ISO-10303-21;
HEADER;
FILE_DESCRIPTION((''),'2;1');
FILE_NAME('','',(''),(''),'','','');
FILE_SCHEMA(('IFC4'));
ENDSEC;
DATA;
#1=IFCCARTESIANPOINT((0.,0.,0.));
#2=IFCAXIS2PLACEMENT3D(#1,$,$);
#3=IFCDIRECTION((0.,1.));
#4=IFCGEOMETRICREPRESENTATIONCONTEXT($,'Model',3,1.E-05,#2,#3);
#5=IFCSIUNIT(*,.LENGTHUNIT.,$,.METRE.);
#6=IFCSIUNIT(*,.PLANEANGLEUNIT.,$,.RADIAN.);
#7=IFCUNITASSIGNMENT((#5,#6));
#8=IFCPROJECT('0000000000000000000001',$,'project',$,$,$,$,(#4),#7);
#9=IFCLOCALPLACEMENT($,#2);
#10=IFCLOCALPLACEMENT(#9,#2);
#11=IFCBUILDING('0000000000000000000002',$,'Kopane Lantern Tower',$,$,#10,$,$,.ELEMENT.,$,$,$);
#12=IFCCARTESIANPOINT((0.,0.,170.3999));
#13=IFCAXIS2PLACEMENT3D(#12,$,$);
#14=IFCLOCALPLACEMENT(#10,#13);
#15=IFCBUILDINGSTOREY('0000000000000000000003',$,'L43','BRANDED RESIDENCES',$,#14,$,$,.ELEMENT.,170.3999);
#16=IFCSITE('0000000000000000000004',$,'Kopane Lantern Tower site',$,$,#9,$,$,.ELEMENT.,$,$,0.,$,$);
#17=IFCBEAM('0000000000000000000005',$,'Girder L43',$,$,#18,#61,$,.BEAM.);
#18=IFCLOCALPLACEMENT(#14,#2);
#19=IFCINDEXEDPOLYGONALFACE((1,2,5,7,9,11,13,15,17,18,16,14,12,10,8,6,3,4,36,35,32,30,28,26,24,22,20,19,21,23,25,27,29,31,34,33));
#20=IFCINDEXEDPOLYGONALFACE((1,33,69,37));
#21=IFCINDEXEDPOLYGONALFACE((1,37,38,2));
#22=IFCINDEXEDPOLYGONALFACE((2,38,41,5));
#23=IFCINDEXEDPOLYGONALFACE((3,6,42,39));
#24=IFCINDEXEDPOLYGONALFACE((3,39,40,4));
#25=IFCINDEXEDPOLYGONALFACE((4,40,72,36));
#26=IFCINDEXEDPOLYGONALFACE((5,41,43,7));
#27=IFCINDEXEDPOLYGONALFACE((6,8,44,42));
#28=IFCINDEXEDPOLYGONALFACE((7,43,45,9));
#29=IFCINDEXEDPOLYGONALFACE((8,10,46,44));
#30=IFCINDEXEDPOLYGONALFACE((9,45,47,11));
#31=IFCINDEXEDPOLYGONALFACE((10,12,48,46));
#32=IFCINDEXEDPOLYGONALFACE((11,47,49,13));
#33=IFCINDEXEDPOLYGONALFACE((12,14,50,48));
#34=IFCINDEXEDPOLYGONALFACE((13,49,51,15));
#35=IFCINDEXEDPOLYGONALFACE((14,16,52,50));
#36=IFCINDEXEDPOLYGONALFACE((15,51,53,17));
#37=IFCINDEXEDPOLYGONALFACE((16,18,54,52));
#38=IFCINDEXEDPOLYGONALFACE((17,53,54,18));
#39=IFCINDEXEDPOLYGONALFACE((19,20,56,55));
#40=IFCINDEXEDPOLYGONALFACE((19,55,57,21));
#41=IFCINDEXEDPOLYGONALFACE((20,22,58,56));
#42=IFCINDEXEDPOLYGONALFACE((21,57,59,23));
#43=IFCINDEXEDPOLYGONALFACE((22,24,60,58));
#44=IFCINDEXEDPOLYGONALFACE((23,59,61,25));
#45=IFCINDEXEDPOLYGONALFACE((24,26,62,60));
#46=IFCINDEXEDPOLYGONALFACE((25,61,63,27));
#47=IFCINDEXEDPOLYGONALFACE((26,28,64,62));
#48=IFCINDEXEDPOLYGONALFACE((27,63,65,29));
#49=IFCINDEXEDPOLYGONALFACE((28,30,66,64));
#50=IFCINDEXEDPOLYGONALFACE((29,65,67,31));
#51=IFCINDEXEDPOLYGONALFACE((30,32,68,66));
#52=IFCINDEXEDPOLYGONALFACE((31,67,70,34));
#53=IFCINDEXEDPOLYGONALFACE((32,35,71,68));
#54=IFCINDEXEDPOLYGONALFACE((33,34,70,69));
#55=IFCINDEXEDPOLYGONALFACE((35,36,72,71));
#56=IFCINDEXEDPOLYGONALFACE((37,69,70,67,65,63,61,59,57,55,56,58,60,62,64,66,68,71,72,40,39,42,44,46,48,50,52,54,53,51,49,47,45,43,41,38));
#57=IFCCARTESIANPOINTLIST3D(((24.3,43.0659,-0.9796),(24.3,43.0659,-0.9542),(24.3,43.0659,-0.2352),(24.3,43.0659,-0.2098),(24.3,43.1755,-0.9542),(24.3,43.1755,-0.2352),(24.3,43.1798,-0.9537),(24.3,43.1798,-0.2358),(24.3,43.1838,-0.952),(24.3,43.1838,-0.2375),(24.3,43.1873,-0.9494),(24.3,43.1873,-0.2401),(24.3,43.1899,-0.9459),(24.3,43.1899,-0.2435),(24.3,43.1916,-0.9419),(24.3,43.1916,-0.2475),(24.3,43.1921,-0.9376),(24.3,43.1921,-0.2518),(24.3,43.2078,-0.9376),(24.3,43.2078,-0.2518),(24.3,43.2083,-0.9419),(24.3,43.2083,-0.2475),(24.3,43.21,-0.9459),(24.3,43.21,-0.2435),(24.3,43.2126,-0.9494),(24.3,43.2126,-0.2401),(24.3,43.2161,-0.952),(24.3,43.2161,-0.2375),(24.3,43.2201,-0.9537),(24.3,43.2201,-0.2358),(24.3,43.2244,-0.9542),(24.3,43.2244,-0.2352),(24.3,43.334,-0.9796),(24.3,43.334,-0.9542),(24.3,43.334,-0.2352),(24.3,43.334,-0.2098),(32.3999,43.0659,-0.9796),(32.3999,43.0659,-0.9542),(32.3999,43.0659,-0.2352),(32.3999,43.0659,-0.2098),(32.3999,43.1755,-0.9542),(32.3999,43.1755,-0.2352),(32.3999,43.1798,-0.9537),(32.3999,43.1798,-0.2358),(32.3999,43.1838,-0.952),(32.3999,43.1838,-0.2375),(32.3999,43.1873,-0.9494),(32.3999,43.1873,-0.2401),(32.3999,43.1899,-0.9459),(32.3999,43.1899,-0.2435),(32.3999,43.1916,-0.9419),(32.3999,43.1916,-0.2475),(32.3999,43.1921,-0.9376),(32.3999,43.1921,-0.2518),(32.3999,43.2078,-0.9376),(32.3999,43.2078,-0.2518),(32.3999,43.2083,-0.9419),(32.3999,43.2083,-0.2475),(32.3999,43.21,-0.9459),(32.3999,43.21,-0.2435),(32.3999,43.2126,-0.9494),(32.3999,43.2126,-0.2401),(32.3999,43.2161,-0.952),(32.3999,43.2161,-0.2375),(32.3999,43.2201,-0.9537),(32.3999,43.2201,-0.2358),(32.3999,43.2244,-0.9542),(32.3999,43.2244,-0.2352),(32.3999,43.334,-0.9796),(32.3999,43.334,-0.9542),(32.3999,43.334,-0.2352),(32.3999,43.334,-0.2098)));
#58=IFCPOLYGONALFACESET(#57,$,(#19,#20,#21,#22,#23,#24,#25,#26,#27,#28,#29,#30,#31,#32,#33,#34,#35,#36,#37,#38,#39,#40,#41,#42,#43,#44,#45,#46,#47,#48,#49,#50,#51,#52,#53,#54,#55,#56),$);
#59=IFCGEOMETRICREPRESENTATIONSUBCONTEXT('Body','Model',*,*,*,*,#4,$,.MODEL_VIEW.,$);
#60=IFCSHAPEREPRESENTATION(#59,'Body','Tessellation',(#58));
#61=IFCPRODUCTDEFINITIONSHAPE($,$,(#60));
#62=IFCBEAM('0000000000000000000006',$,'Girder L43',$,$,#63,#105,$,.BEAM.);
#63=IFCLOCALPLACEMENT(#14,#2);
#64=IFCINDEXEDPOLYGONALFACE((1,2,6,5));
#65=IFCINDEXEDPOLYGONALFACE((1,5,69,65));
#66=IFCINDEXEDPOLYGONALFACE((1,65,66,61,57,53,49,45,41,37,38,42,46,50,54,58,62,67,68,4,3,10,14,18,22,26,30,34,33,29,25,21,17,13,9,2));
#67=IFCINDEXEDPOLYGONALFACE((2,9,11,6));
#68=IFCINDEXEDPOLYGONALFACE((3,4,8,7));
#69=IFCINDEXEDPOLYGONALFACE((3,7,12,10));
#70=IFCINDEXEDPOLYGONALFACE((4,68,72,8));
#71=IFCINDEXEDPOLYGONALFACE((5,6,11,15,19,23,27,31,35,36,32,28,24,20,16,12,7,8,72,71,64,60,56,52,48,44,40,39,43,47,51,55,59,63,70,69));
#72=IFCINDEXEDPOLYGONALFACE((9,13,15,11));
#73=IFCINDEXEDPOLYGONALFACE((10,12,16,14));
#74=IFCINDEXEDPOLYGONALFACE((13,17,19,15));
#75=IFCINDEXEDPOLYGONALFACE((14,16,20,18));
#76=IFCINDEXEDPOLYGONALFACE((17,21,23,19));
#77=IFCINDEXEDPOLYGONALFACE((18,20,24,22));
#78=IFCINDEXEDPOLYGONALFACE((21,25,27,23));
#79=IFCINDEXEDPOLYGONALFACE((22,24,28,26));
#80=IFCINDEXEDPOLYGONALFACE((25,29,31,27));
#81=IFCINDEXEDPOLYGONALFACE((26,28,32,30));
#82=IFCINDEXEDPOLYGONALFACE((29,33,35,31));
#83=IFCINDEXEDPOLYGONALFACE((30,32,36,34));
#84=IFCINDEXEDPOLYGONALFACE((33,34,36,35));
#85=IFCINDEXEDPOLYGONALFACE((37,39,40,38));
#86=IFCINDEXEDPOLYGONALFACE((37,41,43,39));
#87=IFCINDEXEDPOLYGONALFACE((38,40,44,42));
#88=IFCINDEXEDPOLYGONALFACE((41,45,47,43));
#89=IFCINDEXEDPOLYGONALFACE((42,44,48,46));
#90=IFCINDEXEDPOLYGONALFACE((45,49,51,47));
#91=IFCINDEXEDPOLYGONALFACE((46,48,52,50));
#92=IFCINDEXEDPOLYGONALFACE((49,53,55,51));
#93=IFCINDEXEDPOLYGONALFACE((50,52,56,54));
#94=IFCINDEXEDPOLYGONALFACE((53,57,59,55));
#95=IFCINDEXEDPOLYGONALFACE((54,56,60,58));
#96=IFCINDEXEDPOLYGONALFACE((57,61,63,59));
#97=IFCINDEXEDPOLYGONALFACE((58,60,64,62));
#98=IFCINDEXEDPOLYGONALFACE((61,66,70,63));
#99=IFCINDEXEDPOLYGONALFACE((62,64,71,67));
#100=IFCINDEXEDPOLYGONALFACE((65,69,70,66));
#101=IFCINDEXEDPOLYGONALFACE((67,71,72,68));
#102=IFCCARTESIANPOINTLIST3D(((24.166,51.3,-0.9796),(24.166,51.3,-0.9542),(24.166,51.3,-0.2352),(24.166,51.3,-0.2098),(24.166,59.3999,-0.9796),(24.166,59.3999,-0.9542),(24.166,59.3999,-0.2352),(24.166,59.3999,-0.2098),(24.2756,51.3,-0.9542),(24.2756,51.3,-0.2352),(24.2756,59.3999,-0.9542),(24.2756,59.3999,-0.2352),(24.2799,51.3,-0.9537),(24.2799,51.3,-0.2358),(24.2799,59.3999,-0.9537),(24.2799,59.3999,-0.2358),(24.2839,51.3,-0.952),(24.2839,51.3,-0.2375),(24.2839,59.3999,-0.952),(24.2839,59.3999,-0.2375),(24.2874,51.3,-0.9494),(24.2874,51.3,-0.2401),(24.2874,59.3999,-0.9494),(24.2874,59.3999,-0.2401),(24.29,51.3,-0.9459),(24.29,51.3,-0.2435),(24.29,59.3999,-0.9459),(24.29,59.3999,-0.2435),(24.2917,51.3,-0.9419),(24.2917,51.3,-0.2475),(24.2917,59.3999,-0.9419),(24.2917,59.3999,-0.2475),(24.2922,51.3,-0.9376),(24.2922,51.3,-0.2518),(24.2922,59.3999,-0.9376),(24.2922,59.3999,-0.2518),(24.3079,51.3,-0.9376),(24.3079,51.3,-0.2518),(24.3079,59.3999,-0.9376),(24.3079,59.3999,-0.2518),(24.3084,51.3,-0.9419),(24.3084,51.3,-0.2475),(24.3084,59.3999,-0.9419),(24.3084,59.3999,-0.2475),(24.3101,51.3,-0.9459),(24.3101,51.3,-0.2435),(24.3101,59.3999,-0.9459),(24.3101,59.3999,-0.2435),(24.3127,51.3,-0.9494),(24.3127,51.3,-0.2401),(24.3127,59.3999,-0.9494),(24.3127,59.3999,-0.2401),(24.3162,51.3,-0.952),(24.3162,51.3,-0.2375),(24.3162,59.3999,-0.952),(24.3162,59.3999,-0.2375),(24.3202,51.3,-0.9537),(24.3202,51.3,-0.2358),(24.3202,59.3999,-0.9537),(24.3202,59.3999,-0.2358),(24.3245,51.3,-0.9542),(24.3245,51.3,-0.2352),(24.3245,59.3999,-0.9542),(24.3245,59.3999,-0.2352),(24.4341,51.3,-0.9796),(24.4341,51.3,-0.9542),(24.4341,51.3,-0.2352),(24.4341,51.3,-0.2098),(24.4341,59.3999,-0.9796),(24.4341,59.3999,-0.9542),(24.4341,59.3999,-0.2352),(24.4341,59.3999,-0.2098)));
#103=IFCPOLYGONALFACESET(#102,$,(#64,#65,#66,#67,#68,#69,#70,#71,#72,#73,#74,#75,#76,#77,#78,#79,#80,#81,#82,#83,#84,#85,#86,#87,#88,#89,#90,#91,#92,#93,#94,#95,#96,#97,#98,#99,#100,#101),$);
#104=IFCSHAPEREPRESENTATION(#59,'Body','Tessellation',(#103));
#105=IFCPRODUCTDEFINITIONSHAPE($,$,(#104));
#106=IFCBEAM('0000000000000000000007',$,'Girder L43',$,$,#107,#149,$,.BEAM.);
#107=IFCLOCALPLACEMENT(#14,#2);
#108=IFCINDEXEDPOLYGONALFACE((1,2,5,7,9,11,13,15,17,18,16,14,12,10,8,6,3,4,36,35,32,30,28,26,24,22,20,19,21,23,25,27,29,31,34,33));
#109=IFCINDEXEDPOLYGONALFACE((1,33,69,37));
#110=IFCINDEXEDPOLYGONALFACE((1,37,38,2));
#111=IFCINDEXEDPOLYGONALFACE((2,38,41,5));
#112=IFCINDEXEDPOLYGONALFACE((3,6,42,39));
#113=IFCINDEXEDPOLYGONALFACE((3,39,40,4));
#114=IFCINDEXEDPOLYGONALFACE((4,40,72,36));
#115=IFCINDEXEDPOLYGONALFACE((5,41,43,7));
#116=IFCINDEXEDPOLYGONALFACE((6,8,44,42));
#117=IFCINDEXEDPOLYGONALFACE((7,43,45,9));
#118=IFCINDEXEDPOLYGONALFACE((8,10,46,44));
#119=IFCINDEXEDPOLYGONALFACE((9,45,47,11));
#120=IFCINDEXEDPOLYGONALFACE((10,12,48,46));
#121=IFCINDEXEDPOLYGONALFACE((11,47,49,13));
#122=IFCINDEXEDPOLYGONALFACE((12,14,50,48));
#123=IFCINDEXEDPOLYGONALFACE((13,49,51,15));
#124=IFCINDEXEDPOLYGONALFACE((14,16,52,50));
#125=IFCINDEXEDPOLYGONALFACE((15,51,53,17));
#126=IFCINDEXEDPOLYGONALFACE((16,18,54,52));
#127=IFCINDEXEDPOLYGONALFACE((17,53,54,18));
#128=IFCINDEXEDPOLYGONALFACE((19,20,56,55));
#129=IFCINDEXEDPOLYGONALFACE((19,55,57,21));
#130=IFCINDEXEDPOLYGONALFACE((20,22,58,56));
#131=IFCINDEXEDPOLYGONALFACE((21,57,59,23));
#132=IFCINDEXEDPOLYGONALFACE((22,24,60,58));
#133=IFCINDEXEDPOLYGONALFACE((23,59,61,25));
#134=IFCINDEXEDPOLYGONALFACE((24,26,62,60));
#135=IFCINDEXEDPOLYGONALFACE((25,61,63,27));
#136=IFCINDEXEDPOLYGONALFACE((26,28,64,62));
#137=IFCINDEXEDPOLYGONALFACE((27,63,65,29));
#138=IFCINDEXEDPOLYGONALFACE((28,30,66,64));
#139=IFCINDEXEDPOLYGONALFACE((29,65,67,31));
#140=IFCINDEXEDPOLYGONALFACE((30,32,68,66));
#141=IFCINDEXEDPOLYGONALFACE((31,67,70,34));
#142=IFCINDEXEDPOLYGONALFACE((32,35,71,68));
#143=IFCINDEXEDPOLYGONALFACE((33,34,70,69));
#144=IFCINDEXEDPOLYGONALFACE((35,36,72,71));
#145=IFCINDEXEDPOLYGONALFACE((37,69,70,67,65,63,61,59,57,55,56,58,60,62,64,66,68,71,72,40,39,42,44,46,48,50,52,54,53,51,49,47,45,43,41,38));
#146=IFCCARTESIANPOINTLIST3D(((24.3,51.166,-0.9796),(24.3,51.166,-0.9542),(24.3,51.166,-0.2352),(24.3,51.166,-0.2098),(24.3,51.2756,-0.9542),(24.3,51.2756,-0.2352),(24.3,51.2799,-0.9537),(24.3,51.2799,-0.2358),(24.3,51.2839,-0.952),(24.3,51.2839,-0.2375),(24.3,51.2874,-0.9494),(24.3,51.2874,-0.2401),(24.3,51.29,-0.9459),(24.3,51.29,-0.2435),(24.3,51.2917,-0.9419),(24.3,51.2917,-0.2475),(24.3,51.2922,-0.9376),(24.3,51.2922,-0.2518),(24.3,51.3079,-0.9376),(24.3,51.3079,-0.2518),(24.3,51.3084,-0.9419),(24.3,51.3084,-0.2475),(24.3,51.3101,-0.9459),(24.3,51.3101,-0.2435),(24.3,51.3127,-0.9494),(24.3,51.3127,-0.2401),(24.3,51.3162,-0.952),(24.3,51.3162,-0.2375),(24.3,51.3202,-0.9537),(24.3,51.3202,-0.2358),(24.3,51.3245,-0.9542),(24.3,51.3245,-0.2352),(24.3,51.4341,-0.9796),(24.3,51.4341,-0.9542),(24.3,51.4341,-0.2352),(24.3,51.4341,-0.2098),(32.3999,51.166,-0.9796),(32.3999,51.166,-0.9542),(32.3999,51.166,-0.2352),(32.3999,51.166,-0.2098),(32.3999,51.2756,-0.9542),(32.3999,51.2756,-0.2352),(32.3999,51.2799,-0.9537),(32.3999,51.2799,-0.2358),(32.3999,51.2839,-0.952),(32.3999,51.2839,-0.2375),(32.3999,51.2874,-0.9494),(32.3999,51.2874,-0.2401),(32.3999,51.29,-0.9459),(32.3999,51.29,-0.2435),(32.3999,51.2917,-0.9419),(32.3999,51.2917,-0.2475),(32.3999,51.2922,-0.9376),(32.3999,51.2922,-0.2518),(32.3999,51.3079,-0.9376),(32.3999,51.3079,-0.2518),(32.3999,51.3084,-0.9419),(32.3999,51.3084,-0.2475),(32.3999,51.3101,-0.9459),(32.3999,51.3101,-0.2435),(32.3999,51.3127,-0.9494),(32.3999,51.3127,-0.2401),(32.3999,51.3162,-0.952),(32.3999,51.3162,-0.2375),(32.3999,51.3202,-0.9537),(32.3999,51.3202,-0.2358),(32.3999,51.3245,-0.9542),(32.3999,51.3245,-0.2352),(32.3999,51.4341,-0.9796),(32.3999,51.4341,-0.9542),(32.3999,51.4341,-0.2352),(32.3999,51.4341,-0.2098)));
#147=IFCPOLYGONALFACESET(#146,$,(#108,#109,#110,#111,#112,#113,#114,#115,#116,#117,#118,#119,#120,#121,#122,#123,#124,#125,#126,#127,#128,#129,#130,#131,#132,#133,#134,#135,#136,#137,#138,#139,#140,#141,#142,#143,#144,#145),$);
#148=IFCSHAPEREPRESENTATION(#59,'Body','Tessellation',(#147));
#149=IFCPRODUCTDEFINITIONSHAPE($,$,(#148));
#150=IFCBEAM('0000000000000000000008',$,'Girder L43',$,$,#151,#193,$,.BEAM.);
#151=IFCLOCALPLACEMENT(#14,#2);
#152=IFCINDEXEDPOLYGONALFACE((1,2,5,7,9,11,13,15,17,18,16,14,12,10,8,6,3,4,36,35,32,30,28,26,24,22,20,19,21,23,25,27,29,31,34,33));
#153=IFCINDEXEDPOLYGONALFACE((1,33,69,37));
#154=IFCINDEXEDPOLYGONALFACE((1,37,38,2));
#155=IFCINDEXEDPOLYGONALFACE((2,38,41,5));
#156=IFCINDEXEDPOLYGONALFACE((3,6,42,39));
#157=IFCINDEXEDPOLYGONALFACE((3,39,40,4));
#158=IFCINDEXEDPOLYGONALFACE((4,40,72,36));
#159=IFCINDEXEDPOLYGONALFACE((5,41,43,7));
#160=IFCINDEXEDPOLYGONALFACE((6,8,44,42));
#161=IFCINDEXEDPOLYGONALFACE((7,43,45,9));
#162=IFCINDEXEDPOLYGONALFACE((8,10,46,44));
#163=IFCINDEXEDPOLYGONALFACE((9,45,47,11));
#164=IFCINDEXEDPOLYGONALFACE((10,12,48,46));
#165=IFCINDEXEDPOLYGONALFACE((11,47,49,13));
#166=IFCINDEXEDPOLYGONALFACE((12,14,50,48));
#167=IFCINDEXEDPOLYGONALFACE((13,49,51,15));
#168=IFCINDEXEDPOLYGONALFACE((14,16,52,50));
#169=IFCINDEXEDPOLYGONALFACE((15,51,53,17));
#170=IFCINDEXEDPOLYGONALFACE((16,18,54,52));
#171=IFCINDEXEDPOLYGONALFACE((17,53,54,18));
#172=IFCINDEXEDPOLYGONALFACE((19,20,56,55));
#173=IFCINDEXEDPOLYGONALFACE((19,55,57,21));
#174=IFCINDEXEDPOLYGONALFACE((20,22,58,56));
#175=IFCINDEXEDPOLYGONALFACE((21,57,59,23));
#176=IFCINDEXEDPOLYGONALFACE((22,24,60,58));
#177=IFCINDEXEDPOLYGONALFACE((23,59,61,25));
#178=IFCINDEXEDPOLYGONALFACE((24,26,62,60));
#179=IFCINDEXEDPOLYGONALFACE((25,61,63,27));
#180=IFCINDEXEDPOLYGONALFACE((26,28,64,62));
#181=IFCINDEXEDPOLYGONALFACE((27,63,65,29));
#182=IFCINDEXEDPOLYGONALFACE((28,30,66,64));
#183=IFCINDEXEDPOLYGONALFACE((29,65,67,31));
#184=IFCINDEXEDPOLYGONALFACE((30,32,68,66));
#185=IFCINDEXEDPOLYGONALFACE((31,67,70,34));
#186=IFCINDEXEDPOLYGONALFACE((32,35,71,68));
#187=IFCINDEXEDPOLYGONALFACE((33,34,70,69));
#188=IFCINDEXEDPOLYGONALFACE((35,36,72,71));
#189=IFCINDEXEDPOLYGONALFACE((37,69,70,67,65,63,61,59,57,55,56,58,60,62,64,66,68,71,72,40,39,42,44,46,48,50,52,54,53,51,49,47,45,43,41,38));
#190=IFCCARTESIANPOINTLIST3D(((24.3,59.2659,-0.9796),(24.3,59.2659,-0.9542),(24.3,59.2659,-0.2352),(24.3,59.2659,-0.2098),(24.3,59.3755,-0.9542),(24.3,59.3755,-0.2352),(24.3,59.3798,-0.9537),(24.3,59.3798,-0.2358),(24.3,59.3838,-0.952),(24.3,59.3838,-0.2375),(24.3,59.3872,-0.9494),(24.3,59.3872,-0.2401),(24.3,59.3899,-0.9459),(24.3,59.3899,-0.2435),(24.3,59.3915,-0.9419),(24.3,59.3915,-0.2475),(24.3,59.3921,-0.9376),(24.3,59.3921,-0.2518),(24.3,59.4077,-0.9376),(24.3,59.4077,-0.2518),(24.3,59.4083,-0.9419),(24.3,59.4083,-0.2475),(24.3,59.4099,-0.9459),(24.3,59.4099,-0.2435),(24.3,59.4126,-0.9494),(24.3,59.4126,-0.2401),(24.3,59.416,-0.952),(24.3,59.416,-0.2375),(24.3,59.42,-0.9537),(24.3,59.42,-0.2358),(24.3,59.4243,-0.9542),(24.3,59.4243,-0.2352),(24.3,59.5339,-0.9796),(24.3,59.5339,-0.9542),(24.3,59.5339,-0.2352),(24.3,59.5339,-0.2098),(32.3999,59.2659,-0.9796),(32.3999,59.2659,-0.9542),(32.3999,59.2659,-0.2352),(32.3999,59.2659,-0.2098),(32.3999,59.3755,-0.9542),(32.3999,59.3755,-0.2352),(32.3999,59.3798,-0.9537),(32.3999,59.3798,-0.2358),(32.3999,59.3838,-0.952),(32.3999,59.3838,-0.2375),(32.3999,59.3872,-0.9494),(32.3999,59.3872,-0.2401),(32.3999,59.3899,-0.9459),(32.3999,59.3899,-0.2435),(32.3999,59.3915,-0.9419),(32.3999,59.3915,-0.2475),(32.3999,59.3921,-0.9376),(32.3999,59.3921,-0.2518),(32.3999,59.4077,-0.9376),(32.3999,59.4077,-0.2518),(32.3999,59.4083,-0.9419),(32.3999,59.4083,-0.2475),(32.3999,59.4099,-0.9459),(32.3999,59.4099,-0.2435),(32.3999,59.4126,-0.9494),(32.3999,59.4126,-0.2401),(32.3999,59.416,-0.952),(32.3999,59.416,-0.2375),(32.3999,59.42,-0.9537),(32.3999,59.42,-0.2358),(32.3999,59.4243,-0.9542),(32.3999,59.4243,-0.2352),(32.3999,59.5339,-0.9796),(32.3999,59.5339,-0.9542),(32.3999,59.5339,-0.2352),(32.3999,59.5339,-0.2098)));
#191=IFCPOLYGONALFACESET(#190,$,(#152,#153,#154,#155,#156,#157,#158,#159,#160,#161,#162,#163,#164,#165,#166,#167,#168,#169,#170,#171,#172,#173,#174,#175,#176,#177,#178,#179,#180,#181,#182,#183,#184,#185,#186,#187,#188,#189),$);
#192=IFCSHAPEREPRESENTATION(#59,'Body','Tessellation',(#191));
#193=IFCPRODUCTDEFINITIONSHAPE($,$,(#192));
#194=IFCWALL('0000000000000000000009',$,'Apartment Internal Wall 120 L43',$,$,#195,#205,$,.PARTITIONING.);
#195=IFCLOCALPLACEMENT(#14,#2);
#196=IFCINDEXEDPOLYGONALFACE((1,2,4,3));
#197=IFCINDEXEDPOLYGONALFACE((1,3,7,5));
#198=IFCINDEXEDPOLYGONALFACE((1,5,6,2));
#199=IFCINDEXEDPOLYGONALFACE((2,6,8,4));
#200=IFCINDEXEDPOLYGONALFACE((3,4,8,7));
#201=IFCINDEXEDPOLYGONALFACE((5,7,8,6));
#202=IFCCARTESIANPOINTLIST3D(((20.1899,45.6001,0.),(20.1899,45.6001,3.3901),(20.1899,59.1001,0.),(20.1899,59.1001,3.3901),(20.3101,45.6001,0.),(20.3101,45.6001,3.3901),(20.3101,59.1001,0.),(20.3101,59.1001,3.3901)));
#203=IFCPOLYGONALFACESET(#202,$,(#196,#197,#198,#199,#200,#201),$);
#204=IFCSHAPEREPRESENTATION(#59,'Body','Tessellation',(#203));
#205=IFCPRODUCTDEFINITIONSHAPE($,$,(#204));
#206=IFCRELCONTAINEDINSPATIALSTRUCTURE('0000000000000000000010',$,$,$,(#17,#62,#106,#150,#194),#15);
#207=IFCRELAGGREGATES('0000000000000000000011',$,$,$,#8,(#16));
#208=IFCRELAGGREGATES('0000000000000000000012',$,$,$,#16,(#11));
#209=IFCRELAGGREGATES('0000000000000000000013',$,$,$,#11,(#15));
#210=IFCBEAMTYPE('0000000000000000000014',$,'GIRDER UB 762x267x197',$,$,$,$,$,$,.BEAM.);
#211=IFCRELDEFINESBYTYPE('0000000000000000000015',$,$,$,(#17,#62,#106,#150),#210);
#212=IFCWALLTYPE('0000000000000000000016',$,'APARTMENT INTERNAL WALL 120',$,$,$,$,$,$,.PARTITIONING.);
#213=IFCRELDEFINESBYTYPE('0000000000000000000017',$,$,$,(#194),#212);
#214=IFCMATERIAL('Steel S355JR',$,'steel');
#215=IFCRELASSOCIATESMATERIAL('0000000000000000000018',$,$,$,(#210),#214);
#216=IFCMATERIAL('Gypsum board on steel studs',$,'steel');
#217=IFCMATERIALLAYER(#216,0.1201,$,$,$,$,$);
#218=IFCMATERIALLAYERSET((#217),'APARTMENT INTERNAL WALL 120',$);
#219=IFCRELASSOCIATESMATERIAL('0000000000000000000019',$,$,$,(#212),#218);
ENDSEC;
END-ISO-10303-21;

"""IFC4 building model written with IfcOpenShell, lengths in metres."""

from ifc_helpers import new_model, si_unit, direction, frame, frame_2d, origin, origin_2d, place, context, subcontext, project, spatial, rectangle, i_section, extrude, material, layer, layer_set, material_profile, profile_set, type_object, element, save


model = new_model("IFC4")

# Units and contexts
model_context = context("Model", 3, precision=1e-05, world=origin(), true_north=direction((0.0, 1.0)))
body_context = subcontext(model_context, "Body", "Model", "MODEL_VIEW")
ifc_project = project(units=[si_unit("LENGTHUNIT", "METRE"), si_unit("PLANEANGLEUNIT", "RADIAN")], contexts=[model_context])

# Site, building, storey
site_placement = place(None, origin())
site = spatial("IfcSite", under=ifc_project, at=site_placement, Name="Kopane Lantern Tower site", CompositionType="ELEMENT", RefElevation=0.0)
building_placement = place(site_placement, origin())
building = spatial("IfcBuilding", under=site, at=building_placement, Name="Kopane Lantern Tower", CompositionType="ELEMENT")
storey_placement = place(building_placement, frame((0.0, 0.0, 170.3999)))
storey = spatial("IfcBuildingStorey", under=building, at=storey_placement, Name="L43", Description="BRANDED RESIDENCES", CompositionType="ELEMENT", Elevation=170.3999)

# Beams
ifc_material_1 = material(Name="Steel S355JR", Category="steel")
ifc_material_profile_1 = material_profile(ifc_material_1, i_section(OverallWidth=0.2681, OverallDepth=0.7698, WebThickness=0.0156, FlangeThickness=0.0254, FilletRadius=0.0166, at=origin_2d()), Name="UB 762x267x197")
ifc_profile_set_1 = profile_set([ifc_material_profile_1], Name="Steel S355JR")
beam_type = type_object("IfcBeamType", Name="GIRDER UB 762x267x197", PredefinedType="BEAM", material=ifc_profile_set_1)
for number, where, z_axis, x_axis, name in (
    (1, (24.3, 43.2, -0.5947), (1.0, 0.0, 0.0), (0.0, 1.0, 0.0), "Girder L43"),
    (2, (24.3, 51.3, -0.5947), (0.0, 1.0, 0.0), (-1.0, 0.0, 0.0), "Girder L43"),
    (3, (24.3, 51.3, -0.5947), (1.0, 0.0, 0.0), (0.0, 1.0, 0.0), "Girder L43"),
    (4, (24.3, 59.3999, -0.5947), (1.0, 0.0, 0.0), (0.0, 1.0, 0.0), "Girder L43"),
):
    element("IfcBeam", number, at=place(storey_placement, frame(where, z_axis=z_axis, x_axis=x_axis)), inside=storey, type_object=beam_type, Name=name, PredefinedType="BEAM", context=body_context, shape_type="SweptSolid", body=[
        extrude(i_section(OverallWidth=0.2681, OverallDepth=0.7698, WebThickness=0.0156, FlangeThickness=0.0254, FilletRadius=0.0166, at=origin_2d()), origin(), (0.0, 0.0, 1.0), 8.0999),
    ])

# Wall
ifc_material_2 = material(Name="Gypsum board on steel studs", Category="steel")
ifc_layer_1 = layer(ifc_material_2, 0.1201)
ifc_layer_set_1 = layer_set([ifc_layer_1], Name="APARTMENT INTERNAL WALL 120")
wall_type_1 = type_object("IfcWallType", Name="APARTMENT INTERNAL WALL 120", PredefinedType="PARTITIONING", material=ifc_layer_set_1)
for number, where, z_axis, x_axis, name in (
    (5, (20.25, 45.6001, 0.0), (0.0, 0.0, 1.0), (0.0, 1.0, 0.0), "Apartment Internal Wall 120 L43"),
):
    element("IfcWall", number, at=place(storey_placement, frame(where, z_axis=z_axis, x_axis=x_axis)), inside=storey, type_object=wall_type_1, Name=name, PredefinedType="PARTITIONING", context=body_context, shape_type="SweptSolid", body=[
        extrude(rectangle(XDim=13.5, YDim=0.1201, at=frame_2d((6.75, 0.0))), origin(), (0.0, 0.0, 1.0), 3.3901),
    ])

save(model, "model.ifc")
